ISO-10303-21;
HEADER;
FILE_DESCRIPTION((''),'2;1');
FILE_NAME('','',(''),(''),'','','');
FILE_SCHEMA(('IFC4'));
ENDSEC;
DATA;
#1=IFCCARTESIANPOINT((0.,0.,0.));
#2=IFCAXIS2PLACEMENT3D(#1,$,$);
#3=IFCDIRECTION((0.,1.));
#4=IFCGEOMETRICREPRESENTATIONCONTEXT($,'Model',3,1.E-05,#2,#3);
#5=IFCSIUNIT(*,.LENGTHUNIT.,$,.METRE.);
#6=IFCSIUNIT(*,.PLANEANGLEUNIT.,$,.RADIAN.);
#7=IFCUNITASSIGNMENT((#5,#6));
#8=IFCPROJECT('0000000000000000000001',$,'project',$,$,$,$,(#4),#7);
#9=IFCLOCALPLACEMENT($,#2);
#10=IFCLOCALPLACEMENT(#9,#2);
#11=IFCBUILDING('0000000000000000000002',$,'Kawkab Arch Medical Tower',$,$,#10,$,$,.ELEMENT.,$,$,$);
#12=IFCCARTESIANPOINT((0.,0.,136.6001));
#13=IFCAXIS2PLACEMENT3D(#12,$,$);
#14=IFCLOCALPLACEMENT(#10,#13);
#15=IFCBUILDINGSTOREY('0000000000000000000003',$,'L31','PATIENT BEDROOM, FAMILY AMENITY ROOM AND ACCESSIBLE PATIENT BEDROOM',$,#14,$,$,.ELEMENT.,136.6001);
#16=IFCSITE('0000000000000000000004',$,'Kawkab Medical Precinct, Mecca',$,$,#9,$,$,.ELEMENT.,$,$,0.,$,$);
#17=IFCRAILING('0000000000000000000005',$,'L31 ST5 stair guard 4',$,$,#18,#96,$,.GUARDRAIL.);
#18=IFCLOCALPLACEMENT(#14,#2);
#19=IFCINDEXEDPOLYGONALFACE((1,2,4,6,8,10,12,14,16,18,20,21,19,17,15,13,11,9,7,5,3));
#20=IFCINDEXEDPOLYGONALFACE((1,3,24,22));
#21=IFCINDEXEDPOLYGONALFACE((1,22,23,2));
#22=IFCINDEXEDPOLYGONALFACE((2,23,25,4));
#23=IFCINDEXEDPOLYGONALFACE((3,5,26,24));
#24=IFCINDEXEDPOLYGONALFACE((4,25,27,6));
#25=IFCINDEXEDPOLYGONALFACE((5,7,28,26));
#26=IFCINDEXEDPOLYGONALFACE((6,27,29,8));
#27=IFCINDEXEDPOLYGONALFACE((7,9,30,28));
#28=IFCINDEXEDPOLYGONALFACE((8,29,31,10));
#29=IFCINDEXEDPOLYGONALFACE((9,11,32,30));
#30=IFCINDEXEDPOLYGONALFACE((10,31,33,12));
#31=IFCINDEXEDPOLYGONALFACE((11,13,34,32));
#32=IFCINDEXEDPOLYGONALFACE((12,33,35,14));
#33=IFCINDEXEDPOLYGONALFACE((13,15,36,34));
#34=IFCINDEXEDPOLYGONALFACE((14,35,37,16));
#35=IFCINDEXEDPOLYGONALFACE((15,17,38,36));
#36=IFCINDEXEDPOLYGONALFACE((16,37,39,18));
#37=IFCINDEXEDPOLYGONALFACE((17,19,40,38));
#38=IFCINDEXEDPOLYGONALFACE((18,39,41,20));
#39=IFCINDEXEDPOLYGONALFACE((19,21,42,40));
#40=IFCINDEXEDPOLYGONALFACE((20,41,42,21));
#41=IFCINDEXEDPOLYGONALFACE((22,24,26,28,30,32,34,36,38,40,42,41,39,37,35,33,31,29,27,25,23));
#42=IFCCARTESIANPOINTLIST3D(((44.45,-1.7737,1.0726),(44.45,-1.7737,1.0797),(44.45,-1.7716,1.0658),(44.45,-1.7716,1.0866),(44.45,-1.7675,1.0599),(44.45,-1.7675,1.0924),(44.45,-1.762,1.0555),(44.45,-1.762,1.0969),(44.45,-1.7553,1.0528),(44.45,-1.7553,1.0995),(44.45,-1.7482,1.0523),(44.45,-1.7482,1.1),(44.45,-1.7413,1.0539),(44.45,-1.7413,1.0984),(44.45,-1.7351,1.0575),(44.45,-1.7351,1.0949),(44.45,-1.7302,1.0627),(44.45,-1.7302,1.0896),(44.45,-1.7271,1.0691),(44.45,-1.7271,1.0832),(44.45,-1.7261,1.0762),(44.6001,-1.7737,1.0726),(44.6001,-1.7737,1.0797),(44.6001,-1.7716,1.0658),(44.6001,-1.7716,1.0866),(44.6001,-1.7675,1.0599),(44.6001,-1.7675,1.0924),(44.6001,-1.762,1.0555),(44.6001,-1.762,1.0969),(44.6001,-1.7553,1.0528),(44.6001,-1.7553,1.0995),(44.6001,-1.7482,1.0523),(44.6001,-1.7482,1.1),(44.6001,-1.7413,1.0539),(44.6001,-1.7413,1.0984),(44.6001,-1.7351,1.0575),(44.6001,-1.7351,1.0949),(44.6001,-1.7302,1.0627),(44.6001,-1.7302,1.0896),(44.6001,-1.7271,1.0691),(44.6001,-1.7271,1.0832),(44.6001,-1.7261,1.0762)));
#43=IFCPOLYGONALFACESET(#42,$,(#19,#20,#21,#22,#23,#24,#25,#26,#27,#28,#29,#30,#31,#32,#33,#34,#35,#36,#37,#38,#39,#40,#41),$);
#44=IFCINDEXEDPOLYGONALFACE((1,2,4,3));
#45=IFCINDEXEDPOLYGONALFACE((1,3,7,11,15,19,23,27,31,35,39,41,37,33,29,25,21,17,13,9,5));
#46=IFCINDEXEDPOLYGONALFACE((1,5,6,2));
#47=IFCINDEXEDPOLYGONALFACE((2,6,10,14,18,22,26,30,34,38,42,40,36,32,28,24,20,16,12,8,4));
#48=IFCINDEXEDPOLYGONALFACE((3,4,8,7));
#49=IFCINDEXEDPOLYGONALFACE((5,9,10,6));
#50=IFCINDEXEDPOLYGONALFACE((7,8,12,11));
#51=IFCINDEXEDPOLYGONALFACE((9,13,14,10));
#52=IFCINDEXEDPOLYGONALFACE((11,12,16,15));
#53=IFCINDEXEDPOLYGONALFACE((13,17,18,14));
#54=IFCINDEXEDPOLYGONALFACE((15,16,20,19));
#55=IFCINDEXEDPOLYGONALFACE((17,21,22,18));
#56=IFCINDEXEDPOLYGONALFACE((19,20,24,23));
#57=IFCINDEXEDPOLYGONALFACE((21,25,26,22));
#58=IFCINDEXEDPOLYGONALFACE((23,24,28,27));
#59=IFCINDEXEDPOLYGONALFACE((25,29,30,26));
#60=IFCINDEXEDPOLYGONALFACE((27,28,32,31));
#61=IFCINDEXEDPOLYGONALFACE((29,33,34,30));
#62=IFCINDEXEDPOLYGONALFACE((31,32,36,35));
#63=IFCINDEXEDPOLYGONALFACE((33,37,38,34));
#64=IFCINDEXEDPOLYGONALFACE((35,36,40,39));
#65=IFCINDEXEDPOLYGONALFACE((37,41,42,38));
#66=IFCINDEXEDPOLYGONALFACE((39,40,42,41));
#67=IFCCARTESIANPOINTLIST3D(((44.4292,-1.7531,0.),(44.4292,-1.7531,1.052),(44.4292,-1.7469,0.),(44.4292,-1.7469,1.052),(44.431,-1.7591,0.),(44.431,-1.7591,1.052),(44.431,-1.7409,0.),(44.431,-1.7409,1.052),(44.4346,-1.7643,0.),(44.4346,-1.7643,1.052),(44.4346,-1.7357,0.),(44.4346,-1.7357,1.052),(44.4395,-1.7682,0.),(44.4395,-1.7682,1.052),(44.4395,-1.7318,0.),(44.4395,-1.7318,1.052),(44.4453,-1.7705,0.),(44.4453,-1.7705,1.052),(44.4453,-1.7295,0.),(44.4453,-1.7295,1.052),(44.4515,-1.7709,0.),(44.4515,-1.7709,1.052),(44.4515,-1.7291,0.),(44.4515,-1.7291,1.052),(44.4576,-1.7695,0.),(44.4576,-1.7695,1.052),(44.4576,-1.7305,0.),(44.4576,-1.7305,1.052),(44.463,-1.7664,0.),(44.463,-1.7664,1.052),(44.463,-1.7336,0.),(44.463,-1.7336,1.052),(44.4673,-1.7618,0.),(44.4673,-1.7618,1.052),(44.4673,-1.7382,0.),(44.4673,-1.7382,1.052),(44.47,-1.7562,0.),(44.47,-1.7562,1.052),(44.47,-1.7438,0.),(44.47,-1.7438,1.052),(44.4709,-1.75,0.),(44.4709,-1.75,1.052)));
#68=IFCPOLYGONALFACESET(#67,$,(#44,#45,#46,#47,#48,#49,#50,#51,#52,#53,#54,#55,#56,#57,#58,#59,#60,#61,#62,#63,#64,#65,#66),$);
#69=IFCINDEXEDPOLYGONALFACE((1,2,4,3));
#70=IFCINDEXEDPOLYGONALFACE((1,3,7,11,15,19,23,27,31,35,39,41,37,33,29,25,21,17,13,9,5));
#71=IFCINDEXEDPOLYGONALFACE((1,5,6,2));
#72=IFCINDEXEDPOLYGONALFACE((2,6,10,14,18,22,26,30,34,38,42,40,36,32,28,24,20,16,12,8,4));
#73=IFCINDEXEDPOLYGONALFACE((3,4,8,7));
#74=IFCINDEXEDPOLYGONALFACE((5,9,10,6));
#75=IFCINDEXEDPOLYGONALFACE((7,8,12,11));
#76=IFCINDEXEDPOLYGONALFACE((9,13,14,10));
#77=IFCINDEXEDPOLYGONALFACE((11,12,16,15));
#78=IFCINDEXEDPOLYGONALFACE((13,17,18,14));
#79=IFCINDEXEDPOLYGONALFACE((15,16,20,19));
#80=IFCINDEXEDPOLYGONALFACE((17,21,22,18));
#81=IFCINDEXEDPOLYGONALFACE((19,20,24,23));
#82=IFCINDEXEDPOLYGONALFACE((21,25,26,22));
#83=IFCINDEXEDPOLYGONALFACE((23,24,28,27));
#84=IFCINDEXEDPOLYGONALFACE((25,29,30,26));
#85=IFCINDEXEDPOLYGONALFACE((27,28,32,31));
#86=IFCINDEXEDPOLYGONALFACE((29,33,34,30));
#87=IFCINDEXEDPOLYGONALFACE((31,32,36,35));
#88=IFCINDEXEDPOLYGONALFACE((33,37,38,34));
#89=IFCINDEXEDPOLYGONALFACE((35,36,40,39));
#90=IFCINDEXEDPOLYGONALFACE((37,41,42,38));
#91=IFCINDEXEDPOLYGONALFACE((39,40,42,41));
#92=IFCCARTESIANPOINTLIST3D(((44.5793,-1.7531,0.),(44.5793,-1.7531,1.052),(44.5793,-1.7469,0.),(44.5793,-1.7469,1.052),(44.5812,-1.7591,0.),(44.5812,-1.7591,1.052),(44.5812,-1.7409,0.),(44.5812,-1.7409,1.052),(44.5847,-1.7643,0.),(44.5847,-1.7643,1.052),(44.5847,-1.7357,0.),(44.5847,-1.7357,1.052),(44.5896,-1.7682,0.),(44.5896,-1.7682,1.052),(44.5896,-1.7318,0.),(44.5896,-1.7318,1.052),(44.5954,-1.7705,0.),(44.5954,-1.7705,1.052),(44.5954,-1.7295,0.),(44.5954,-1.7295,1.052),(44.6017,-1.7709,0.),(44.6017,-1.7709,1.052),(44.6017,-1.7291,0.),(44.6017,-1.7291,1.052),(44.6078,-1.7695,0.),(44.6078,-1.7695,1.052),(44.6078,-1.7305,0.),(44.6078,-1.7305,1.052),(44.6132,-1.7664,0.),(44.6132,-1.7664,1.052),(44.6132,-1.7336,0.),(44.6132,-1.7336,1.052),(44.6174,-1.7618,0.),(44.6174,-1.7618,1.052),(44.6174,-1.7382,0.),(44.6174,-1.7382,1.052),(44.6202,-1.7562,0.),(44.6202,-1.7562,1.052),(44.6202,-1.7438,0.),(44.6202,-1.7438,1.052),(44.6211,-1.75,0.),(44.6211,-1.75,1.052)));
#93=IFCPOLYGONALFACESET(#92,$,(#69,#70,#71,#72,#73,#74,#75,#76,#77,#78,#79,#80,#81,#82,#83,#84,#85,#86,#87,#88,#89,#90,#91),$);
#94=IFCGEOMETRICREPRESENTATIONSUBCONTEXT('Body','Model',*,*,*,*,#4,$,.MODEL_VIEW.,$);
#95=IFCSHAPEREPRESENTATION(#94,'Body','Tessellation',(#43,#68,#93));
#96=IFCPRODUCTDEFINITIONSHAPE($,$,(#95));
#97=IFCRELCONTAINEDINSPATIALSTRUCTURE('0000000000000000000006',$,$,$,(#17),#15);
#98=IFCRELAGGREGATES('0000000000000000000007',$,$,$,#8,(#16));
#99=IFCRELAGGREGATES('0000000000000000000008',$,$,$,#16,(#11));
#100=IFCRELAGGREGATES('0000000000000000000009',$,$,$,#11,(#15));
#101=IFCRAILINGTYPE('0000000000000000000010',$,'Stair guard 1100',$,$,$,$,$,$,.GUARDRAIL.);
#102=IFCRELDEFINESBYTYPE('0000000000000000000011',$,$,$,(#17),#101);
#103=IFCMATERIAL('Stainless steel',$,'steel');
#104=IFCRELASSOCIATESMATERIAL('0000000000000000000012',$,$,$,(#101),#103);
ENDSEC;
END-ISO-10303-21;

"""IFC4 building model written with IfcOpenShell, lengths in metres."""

from ifc_helpers import new_model, si_unit, direction, frame, origin, origin_2d, place, context, subcontext, project, spatial, circle, extrude, material, type_object, element, save


model = new_model("IFC4")

# Units and contexts
model_context = context("Model", 3, precision=1e-05, world=origin(), true_north=direction((0.0, 1.0)))
body_context = subcontext(model_context, "Body", "Model", "MODEL_VIEW")
ifc_project = project(units=[si_unit("LENGTHUNIT", "METRE"), si_unit("PLANEANGLEUNIT", "RADIAN")], contexts=[model_context])

# Site, building, storey
site_placement = place(None, origin())
site = spatial("IfcSite", under=ifc_project, at=site_placement, Name="Kawkab Medical Precinct, Mecca", CompositionType="ELEMENT", RefElevation=0.0)
building_placement = place(site_placement, origin())
building = spatial("IfcBuilding", under=site, at=building_placement, Name="Kawkab Arch Medical Tower", CompositionType="ELEMENT")
storey_placement = place(building_placement, frame((0.0, 0.0, 136.6001)))
storey = spatial("IfcBuildingStorey", under=building, at=storey_placement, Name="L31", Description="PATIENT BEDROOM, FAMILY AMENITY ROOM AND ACCESSIBLE PATIENT BEDROOM", CompositionType="ELEMENT", Elevation=136.6001)

# Railing
ifc_material_1 = material(Name="Stainless steel", Category="steel")
railing_type = type_object("IfcRailingType", Name="Stair guard 1100", PredefinedType="GUARDRAIL", material=ifc_material_1)
railing_1_placement = place(storey_placement, frame((44.45, -1.75, 0.0)))
element("IfcRailing", 1, at=railing_1_placement, inside=storey, type_object=railing_type, Name="L31 ST5 stair guard 4", PredefinedType="GUARDRAIL", context=body_context, shape_type="SweptSolid", body=[
    extrude(circle(Radius=0.0239, at=origin_2d()), frame((0.0, 0.0, 1.0762), z_axis=(1.0, 0.0, 0.0), x_axis=(0.0, 1.0, 0.0)), (0.0, 0.0, 1.0), 0.1501),
    extrude(circle(Radius=0.021, at=origin_2d()), origin(), (0.0, 0.0, 1.0), 1.052),
    extrude(circle(Radius=0.021, at=origin_2d()), frame((0.1501, 0.0, 0.0)), (0.0, 0.0, 1.0), 1.052),
])

save(model, "model.ifc")
